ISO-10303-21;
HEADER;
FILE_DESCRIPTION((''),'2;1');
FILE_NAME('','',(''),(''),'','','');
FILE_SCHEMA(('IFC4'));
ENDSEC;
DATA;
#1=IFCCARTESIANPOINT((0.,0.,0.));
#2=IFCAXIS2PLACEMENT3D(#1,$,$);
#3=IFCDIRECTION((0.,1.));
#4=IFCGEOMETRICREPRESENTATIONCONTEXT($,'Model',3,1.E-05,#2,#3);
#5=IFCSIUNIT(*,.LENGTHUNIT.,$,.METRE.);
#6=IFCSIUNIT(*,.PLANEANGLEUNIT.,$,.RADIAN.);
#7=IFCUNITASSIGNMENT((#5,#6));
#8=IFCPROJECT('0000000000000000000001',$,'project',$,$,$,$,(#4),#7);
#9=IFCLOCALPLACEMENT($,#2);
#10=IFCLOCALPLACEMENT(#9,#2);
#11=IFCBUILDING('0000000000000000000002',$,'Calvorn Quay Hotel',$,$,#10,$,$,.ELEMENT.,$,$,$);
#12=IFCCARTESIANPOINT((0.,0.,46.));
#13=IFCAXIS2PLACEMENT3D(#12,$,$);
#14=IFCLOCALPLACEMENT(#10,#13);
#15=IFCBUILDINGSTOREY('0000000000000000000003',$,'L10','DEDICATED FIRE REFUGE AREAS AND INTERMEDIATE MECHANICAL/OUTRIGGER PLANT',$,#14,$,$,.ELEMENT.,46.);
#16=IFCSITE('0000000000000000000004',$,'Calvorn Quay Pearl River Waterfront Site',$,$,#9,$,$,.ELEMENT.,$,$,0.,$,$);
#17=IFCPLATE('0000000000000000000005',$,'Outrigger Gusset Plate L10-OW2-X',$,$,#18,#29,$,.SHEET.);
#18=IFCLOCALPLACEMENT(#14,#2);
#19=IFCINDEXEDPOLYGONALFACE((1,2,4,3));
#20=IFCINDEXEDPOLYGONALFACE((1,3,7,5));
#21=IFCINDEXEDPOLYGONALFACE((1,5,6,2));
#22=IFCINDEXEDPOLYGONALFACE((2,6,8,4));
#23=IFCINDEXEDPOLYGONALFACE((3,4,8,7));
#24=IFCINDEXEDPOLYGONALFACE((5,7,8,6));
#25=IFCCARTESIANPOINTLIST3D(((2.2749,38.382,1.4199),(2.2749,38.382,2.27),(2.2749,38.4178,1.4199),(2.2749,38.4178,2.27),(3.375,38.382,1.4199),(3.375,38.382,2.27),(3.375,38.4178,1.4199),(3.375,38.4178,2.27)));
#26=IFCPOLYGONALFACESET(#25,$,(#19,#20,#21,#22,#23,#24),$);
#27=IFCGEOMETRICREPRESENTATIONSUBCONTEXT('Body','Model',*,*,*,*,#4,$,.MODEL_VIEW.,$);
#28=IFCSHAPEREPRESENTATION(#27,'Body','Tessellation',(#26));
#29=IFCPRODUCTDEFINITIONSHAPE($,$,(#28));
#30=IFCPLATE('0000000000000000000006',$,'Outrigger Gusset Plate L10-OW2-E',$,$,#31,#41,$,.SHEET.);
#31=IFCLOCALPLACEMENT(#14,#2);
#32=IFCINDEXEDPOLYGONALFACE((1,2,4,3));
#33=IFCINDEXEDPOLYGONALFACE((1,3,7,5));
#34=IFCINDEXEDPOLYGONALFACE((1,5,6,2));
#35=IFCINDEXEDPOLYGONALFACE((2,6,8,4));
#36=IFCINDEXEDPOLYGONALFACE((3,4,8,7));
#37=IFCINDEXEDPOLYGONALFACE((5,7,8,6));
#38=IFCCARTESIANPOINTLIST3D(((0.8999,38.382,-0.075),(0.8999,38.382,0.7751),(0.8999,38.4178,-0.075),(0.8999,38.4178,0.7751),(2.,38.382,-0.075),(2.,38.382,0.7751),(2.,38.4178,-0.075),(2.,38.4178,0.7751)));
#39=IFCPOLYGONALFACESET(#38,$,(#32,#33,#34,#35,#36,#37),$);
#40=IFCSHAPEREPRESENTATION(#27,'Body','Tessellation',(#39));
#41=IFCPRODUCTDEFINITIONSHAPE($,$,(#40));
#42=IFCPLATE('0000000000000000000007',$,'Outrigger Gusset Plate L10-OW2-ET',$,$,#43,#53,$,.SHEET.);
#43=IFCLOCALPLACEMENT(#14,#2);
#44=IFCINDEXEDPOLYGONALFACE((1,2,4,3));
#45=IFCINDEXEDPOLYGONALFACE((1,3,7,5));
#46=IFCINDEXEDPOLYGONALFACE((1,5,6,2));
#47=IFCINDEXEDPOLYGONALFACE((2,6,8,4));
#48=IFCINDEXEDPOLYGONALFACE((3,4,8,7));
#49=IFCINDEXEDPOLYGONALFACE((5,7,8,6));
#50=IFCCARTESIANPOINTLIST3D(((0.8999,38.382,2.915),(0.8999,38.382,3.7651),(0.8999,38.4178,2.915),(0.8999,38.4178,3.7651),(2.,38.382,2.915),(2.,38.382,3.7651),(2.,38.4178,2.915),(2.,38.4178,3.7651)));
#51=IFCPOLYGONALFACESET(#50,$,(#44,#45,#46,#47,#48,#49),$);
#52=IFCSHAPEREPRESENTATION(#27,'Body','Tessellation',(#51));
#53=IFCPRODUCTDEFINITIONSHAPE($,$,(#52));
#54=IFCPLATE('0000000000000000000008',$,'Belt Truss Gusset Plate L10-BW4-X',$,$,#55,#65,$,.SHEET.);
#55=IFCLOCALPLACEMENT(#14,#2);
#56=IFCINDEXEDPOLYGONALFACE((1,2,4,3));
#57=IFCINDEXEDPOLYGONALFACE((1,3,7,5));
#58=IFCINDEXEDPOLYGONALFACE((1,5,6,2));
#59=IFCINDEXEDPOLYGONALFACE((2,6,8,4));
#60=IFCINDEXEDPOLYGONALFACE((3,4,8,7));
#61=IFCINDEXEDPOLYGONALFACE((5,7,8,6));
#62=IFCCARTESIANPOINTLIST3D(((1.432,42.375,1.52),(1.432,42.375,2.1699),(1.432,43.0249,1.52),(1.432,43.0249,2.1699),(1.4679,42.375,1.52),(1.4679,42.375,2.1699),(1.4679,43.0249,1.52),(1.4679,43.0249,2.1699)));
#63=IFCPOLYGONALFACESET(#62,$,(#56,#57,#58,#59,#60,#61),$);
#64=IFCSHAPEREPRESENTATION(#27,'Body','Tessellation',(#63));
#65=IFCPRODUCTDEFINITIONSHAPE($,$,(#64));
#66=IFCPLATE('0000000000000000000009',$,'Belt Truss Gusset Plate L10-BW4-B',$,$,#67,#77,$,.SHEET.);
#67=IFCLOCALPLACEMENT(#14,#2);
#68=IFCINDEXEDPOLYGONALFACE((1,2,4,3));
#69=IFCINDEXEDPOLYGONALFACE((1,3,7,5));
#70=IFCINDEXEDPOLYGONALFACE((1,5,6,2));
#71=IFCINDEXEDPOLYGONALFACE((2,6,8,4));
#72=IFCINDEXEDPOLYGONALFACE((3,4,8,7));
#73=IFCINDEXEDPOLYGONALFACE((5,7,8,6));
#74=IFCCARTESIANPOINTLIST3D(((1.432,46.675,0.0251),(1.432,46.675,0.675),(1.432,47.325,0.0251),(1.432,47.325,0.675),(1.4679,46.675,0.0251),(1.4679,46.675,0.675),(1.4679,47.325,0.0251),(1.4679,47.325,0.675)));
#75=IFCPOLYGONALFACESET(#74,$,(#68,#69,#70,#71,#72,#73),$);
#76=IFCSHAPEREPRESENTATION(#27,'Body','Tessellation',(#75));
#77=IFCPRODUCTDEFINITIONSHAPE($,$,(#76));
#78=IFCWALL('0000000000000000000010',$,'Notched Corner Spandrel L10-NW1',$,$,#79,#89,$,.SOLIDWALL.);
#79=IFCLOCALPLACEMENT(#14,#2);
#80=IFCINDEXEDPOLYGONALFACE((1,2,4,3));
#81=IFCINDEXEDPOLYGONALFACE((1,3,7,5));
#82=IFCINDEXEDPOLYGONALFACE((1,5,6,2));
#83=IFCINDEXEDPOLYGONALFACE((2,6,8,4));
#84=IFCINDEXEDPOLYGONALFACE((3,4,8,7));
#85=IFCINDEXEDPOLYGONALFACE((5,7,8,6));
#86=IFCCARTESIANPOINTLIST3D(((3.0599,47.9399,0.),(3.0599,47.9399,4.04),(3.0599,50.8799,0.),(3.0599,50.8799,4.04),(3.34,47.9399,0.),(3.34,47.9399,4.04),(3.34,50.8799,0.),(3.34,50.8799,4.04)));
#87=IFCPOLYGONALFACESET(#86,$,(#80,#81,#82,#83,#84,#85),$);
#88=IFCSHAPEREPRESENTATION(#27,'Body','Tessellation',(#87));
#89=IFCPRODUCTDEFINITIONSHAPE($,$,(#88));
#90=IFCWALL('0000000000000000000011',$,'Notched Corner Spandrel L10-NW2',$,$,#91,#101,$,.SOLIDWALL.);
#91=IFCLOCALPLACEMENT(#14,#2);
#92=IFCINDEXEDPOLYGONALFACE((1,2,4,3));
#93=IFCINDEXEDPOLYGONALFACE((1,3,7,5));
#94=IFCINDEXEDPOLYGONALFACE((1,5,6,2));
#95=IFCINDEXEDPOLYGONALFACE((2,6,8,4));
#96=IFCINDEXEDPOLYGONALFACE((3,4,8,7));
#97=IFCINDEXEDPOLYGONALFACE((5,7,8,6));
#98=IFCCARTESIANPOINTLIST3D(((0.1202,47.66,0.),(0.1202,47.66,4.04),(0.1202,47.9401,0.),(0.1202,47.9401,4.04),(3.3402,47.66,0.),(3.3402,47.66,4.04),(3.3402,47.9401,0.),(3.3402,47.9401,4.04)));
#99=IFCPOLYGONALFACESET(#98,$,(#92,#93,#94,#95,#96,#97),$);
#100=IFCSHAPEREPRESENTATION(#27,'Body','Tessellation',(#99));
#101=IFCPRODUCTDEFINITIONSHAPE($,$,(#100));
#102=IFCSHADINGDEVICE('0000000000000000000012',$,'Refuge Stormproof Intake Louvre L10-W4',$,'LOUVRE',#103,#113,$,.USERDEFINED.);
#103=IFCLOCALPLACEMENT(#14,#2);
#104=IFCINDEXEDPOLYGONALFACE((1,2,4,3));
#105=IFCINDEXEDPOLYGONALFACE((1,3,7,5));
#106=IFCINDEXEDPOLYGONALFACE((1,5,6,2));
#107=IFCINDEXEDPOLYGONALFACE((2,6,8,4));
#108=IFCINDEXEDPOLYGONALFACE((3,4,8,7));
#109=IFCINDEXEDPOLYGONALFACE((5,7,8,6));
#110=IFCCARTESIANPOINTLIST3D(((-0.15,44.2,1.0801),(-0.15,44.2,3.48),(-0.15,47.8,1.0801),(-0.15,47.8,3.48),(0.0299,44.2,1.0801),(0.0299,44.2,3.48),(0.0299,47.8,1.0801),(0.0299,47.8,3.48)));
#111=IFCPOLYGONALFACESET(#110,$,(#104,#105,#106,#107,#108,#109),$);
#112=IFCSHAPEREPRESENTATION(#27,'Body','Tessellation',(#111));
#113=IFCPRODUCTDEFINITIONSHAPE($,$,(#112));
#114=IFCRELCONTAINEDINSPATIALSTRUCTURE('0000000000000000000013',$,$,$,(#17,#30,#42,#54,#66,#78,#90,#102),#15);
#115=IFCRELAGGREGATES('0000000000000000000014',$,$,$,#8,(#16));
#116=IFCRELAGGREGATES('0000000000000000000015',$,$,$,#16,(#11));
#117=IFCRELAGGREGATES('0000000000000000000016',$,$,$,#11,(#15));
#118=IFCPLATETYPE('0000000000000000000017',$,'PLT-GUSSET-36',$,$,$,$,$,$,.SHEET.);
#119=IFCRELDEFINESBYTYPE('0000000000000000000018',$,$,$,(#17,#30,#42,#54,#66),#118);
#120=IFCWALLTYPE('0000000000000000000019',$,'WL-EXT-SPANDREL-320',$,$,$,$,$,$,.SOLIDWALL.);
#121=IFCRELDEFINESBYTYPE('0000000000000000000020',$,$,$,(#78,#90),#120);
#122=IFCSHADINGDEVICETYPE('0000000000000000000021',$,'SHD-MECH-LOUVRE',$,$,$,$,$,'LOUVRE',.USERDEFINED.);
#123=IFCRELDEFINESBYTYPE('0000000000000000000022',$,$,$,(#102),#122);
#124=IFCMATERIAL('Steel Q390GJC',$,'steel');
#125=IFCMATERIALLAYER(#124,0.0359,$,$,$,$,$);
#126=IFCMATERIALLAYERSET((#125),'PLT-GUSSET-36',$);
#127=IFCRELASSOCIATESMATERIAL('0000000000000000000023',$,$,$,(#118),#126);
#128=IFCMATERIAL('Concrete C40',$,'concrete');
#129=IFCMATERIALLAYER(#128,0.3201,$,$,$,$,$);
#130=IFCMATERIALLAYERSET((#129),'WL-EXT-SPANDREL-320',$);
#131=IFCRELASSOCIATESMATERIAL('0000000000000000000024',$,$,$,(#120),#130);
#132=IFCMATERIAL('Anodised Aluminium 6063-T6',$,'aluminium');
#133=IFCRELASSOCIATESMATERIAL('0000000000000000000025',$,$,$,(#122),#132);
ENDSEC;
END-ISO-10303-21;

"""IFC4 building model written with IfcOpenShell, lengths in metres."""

from ifc_helpers import new_model, si_unit, direction, frame, frame_2d, origin, origin_2d, place, context, subcontext, project, spatial, rectangle, extrude, material, layer, layer_set, type_object, element, save


model = new_model("IFC4")

# Units and contexts
model_context = context("Model", 3, precision=1e-05, world=origin(), true_north=direction((0.0, 1.0)))
body_context = subcontext(model_context, "Body", "Model", "MODEL_VIEW")
ifc_project = project(units=[si_unit("LENGTHUNIT", "METRE"), si_unit("PLANEANGLEUNIT", "RADIAN")], contexts=[model_context])

# Site, building, storey
site_placement = place(None, origin())
site = spatial("IfcSite", under=ifc_project, at=site_placement, Name="Calvorn Quay Pearl River Waterfront Site", CompositionType="ELEMENT", RefElevation=0.0)
building_placement = place(site_placement, origin())
building = spatial("IfcBuilding", under=site, at=building_placement, Name="Calvorn Quay Hotel", CompositionType="ELEMENT")
storey_placement = place(building_placement, frame((0.0, 0.0, 46.0)))
storey = spatial("IfcBuildingStorey", under=building, at=storey_placement, Name="L10", Description="DEDICATED FIRE REFUGE AREAS AND INTERMEDIATE MECHANICAL/OUTRIGGER PLANT", CompositionType="ELEMENT", Elevation=46.0)

# Plates
ifc_material_1 = material(Name="Steel Q390GJC", Category="steel")
ifc_layer_1 = layer(ifc_material_1, 0.0359)
ifc_layer_set_1 = layer_set([ifc_layer_1], Name="PLT-GUSSET-36")
plate_type = type_object("IfcPlateType", Name="PLT-GUSSET-36", PredefinedType="SHEET", material=ifc_layer_set_1)
for number, where, z_axis, x_axis, name in (
    (1, (2.825, 38.3999, 1.4199), (0.0, 0.0, 1.0), (-1.0, 0.0, 0.0), "Outrigger Gusset Plate L10-OW2-X"),
    (2, (1.45, 38.3999, -0.075), (0.0, 0.0, 1.0), (-1.0, 0.0, 0.0), "Outrigger Gusset Plate L10-OW2-E"),
    (3, (1.45, 38.3999, 2.915), (0.0, 0.0, 1.0), (-1.0, 0.0, 0.0), "Outrigger Gusset Plate L10-OW2-ET"),
):
    element("IfcPlate", number, at=place(storey_placement, frame(where, z_axis=z_axis, x_axis=x_axis)), inside=storey, type_object=plate_type, Name=name, PredefinedType="SHEET", context=body_context, shape_type="SweptSolid", body=[
        extrude(rectangle(XDim=1.1001, YDim=0.0359, at=origin_2d()), origin(), (0.0, 0.0, 1.0), 0.8501),
    ])
for number, where, z_axis, x_axis, name in (
    (4, (1.45, 42.7, 1.52), (0.0, 0.0, 1.0), (0.0, 1.0, 0.0), "Belt Truss Gusset Plate L10-BW4-X"),
    (5, (1.45, 47.0, 0.0251), (0.0, 0.0, 1.0), (0.0, 1.0, 0.0), "Belt Truss Gusset Plate L10-BW4-B"),
):
    element("IfcPlate", number, at=place(storey_placement, frame(where, z_axis=z_axis, x_axis=x_axis)), inside=storey, type_object=plate_type, Name=name, PredefinedType="SHEET", context=body_context, shape_type="SweptSolid", body=[
        extrude(rectangle(XDim=0.6499, YDim=0.0359, at=origin_2d()), origin(), (0.0, 0.0, 1.0), 0.6499),
    ])

# Walls
ifc_material_2 = material(Name="Concrete C40", Category="concrete")
ifc_layer_2 = layer(ifc_material_2, 0.3201)
ifc_layer_set_2 = layer_set([ifc_layer_2], Name="WL-EXT-SPANDREL-320")
wall_type = type_object("IfcWallType", Name="WL-EXT-SPANDREL-320", PredefinedType="SOLIDWALL", material=ifc_layer_set_2)
wall_1_placement = place(storey_placement, frame((3.2, 50.8799, 0.0), z_axis=(0.0, 0.0, 1.0), x_axis=(0.0, -1.0, 0.0)))
element("IfcWall", 6, at=wall_1_placement, inside=storey, type_object=wall_type, Name="Notched Corner Spandrel L10-NW1", PredefinedType="SOLIDWALL", context=body_context, shape_type="SweptSolid", body=[
    extrude(rectangle(XDim=2.9399, YDim=0.28, at=frame_2d((1.47, 0.0))), origin(), (0.0, 0.0, 1.0), 4.04),
])
wall_2_placement = place(storey_placement, frame((3.3401, 47.8, 0.0), z_axis=(0.0, 0.0, 1.0), x_axis=(-1.0, 0.0, 0.0)))
element("IfcWall", 7, at=wall_2_placement, inside=storey, type_object=wall_type, Name="Notched Corner Spandrel L10-NW2", PredefinedType="SOLIDWALL", context=body_context, shape_type="SweptSolid", body=[
    extrude(rectangle(XDim=3.22, YDim=0.28, at=frame_2d((1.6099, 0.0))), origin(), (0.0, 0.0, 1.0), 4.04),
])

# Shading device
ifc_material_3 = material(Name="Anodised Aluminium 6063-T6", Category="aluminium")
shading_device_type = type_object("IfcShadingDeviceType", Name="SHD-MECH-LOUVRE", ElementType="LOUVRE", PredefinedType="USERDEFINED", material=ifc_material_3)
shading_device_placement = place(storey_placement, frame((-0.0601, 46.0, 1.0801), z_axis=(0.0, 0.0, 1.0), x_axis=(1.0, 0.0, 0.0)))
element("IfcShadingDevice", 8, at=shading_device_placement, inside=storey, type_object=shading_device_type, Name="Refuge Stormproof Intake Louvre L10-W4", ObjectType="LOUVRE", PredefinedType="USERDEFINED", context=body_context, shape_type="SweptSolid", body=[
    extrude(rectangle(XDim=0.1799, YDim=3.6001, at=origin_2d()), origin(), (0.0, 0.0, 1.0), 2.3999),
])

save(model, "model.ifc")
